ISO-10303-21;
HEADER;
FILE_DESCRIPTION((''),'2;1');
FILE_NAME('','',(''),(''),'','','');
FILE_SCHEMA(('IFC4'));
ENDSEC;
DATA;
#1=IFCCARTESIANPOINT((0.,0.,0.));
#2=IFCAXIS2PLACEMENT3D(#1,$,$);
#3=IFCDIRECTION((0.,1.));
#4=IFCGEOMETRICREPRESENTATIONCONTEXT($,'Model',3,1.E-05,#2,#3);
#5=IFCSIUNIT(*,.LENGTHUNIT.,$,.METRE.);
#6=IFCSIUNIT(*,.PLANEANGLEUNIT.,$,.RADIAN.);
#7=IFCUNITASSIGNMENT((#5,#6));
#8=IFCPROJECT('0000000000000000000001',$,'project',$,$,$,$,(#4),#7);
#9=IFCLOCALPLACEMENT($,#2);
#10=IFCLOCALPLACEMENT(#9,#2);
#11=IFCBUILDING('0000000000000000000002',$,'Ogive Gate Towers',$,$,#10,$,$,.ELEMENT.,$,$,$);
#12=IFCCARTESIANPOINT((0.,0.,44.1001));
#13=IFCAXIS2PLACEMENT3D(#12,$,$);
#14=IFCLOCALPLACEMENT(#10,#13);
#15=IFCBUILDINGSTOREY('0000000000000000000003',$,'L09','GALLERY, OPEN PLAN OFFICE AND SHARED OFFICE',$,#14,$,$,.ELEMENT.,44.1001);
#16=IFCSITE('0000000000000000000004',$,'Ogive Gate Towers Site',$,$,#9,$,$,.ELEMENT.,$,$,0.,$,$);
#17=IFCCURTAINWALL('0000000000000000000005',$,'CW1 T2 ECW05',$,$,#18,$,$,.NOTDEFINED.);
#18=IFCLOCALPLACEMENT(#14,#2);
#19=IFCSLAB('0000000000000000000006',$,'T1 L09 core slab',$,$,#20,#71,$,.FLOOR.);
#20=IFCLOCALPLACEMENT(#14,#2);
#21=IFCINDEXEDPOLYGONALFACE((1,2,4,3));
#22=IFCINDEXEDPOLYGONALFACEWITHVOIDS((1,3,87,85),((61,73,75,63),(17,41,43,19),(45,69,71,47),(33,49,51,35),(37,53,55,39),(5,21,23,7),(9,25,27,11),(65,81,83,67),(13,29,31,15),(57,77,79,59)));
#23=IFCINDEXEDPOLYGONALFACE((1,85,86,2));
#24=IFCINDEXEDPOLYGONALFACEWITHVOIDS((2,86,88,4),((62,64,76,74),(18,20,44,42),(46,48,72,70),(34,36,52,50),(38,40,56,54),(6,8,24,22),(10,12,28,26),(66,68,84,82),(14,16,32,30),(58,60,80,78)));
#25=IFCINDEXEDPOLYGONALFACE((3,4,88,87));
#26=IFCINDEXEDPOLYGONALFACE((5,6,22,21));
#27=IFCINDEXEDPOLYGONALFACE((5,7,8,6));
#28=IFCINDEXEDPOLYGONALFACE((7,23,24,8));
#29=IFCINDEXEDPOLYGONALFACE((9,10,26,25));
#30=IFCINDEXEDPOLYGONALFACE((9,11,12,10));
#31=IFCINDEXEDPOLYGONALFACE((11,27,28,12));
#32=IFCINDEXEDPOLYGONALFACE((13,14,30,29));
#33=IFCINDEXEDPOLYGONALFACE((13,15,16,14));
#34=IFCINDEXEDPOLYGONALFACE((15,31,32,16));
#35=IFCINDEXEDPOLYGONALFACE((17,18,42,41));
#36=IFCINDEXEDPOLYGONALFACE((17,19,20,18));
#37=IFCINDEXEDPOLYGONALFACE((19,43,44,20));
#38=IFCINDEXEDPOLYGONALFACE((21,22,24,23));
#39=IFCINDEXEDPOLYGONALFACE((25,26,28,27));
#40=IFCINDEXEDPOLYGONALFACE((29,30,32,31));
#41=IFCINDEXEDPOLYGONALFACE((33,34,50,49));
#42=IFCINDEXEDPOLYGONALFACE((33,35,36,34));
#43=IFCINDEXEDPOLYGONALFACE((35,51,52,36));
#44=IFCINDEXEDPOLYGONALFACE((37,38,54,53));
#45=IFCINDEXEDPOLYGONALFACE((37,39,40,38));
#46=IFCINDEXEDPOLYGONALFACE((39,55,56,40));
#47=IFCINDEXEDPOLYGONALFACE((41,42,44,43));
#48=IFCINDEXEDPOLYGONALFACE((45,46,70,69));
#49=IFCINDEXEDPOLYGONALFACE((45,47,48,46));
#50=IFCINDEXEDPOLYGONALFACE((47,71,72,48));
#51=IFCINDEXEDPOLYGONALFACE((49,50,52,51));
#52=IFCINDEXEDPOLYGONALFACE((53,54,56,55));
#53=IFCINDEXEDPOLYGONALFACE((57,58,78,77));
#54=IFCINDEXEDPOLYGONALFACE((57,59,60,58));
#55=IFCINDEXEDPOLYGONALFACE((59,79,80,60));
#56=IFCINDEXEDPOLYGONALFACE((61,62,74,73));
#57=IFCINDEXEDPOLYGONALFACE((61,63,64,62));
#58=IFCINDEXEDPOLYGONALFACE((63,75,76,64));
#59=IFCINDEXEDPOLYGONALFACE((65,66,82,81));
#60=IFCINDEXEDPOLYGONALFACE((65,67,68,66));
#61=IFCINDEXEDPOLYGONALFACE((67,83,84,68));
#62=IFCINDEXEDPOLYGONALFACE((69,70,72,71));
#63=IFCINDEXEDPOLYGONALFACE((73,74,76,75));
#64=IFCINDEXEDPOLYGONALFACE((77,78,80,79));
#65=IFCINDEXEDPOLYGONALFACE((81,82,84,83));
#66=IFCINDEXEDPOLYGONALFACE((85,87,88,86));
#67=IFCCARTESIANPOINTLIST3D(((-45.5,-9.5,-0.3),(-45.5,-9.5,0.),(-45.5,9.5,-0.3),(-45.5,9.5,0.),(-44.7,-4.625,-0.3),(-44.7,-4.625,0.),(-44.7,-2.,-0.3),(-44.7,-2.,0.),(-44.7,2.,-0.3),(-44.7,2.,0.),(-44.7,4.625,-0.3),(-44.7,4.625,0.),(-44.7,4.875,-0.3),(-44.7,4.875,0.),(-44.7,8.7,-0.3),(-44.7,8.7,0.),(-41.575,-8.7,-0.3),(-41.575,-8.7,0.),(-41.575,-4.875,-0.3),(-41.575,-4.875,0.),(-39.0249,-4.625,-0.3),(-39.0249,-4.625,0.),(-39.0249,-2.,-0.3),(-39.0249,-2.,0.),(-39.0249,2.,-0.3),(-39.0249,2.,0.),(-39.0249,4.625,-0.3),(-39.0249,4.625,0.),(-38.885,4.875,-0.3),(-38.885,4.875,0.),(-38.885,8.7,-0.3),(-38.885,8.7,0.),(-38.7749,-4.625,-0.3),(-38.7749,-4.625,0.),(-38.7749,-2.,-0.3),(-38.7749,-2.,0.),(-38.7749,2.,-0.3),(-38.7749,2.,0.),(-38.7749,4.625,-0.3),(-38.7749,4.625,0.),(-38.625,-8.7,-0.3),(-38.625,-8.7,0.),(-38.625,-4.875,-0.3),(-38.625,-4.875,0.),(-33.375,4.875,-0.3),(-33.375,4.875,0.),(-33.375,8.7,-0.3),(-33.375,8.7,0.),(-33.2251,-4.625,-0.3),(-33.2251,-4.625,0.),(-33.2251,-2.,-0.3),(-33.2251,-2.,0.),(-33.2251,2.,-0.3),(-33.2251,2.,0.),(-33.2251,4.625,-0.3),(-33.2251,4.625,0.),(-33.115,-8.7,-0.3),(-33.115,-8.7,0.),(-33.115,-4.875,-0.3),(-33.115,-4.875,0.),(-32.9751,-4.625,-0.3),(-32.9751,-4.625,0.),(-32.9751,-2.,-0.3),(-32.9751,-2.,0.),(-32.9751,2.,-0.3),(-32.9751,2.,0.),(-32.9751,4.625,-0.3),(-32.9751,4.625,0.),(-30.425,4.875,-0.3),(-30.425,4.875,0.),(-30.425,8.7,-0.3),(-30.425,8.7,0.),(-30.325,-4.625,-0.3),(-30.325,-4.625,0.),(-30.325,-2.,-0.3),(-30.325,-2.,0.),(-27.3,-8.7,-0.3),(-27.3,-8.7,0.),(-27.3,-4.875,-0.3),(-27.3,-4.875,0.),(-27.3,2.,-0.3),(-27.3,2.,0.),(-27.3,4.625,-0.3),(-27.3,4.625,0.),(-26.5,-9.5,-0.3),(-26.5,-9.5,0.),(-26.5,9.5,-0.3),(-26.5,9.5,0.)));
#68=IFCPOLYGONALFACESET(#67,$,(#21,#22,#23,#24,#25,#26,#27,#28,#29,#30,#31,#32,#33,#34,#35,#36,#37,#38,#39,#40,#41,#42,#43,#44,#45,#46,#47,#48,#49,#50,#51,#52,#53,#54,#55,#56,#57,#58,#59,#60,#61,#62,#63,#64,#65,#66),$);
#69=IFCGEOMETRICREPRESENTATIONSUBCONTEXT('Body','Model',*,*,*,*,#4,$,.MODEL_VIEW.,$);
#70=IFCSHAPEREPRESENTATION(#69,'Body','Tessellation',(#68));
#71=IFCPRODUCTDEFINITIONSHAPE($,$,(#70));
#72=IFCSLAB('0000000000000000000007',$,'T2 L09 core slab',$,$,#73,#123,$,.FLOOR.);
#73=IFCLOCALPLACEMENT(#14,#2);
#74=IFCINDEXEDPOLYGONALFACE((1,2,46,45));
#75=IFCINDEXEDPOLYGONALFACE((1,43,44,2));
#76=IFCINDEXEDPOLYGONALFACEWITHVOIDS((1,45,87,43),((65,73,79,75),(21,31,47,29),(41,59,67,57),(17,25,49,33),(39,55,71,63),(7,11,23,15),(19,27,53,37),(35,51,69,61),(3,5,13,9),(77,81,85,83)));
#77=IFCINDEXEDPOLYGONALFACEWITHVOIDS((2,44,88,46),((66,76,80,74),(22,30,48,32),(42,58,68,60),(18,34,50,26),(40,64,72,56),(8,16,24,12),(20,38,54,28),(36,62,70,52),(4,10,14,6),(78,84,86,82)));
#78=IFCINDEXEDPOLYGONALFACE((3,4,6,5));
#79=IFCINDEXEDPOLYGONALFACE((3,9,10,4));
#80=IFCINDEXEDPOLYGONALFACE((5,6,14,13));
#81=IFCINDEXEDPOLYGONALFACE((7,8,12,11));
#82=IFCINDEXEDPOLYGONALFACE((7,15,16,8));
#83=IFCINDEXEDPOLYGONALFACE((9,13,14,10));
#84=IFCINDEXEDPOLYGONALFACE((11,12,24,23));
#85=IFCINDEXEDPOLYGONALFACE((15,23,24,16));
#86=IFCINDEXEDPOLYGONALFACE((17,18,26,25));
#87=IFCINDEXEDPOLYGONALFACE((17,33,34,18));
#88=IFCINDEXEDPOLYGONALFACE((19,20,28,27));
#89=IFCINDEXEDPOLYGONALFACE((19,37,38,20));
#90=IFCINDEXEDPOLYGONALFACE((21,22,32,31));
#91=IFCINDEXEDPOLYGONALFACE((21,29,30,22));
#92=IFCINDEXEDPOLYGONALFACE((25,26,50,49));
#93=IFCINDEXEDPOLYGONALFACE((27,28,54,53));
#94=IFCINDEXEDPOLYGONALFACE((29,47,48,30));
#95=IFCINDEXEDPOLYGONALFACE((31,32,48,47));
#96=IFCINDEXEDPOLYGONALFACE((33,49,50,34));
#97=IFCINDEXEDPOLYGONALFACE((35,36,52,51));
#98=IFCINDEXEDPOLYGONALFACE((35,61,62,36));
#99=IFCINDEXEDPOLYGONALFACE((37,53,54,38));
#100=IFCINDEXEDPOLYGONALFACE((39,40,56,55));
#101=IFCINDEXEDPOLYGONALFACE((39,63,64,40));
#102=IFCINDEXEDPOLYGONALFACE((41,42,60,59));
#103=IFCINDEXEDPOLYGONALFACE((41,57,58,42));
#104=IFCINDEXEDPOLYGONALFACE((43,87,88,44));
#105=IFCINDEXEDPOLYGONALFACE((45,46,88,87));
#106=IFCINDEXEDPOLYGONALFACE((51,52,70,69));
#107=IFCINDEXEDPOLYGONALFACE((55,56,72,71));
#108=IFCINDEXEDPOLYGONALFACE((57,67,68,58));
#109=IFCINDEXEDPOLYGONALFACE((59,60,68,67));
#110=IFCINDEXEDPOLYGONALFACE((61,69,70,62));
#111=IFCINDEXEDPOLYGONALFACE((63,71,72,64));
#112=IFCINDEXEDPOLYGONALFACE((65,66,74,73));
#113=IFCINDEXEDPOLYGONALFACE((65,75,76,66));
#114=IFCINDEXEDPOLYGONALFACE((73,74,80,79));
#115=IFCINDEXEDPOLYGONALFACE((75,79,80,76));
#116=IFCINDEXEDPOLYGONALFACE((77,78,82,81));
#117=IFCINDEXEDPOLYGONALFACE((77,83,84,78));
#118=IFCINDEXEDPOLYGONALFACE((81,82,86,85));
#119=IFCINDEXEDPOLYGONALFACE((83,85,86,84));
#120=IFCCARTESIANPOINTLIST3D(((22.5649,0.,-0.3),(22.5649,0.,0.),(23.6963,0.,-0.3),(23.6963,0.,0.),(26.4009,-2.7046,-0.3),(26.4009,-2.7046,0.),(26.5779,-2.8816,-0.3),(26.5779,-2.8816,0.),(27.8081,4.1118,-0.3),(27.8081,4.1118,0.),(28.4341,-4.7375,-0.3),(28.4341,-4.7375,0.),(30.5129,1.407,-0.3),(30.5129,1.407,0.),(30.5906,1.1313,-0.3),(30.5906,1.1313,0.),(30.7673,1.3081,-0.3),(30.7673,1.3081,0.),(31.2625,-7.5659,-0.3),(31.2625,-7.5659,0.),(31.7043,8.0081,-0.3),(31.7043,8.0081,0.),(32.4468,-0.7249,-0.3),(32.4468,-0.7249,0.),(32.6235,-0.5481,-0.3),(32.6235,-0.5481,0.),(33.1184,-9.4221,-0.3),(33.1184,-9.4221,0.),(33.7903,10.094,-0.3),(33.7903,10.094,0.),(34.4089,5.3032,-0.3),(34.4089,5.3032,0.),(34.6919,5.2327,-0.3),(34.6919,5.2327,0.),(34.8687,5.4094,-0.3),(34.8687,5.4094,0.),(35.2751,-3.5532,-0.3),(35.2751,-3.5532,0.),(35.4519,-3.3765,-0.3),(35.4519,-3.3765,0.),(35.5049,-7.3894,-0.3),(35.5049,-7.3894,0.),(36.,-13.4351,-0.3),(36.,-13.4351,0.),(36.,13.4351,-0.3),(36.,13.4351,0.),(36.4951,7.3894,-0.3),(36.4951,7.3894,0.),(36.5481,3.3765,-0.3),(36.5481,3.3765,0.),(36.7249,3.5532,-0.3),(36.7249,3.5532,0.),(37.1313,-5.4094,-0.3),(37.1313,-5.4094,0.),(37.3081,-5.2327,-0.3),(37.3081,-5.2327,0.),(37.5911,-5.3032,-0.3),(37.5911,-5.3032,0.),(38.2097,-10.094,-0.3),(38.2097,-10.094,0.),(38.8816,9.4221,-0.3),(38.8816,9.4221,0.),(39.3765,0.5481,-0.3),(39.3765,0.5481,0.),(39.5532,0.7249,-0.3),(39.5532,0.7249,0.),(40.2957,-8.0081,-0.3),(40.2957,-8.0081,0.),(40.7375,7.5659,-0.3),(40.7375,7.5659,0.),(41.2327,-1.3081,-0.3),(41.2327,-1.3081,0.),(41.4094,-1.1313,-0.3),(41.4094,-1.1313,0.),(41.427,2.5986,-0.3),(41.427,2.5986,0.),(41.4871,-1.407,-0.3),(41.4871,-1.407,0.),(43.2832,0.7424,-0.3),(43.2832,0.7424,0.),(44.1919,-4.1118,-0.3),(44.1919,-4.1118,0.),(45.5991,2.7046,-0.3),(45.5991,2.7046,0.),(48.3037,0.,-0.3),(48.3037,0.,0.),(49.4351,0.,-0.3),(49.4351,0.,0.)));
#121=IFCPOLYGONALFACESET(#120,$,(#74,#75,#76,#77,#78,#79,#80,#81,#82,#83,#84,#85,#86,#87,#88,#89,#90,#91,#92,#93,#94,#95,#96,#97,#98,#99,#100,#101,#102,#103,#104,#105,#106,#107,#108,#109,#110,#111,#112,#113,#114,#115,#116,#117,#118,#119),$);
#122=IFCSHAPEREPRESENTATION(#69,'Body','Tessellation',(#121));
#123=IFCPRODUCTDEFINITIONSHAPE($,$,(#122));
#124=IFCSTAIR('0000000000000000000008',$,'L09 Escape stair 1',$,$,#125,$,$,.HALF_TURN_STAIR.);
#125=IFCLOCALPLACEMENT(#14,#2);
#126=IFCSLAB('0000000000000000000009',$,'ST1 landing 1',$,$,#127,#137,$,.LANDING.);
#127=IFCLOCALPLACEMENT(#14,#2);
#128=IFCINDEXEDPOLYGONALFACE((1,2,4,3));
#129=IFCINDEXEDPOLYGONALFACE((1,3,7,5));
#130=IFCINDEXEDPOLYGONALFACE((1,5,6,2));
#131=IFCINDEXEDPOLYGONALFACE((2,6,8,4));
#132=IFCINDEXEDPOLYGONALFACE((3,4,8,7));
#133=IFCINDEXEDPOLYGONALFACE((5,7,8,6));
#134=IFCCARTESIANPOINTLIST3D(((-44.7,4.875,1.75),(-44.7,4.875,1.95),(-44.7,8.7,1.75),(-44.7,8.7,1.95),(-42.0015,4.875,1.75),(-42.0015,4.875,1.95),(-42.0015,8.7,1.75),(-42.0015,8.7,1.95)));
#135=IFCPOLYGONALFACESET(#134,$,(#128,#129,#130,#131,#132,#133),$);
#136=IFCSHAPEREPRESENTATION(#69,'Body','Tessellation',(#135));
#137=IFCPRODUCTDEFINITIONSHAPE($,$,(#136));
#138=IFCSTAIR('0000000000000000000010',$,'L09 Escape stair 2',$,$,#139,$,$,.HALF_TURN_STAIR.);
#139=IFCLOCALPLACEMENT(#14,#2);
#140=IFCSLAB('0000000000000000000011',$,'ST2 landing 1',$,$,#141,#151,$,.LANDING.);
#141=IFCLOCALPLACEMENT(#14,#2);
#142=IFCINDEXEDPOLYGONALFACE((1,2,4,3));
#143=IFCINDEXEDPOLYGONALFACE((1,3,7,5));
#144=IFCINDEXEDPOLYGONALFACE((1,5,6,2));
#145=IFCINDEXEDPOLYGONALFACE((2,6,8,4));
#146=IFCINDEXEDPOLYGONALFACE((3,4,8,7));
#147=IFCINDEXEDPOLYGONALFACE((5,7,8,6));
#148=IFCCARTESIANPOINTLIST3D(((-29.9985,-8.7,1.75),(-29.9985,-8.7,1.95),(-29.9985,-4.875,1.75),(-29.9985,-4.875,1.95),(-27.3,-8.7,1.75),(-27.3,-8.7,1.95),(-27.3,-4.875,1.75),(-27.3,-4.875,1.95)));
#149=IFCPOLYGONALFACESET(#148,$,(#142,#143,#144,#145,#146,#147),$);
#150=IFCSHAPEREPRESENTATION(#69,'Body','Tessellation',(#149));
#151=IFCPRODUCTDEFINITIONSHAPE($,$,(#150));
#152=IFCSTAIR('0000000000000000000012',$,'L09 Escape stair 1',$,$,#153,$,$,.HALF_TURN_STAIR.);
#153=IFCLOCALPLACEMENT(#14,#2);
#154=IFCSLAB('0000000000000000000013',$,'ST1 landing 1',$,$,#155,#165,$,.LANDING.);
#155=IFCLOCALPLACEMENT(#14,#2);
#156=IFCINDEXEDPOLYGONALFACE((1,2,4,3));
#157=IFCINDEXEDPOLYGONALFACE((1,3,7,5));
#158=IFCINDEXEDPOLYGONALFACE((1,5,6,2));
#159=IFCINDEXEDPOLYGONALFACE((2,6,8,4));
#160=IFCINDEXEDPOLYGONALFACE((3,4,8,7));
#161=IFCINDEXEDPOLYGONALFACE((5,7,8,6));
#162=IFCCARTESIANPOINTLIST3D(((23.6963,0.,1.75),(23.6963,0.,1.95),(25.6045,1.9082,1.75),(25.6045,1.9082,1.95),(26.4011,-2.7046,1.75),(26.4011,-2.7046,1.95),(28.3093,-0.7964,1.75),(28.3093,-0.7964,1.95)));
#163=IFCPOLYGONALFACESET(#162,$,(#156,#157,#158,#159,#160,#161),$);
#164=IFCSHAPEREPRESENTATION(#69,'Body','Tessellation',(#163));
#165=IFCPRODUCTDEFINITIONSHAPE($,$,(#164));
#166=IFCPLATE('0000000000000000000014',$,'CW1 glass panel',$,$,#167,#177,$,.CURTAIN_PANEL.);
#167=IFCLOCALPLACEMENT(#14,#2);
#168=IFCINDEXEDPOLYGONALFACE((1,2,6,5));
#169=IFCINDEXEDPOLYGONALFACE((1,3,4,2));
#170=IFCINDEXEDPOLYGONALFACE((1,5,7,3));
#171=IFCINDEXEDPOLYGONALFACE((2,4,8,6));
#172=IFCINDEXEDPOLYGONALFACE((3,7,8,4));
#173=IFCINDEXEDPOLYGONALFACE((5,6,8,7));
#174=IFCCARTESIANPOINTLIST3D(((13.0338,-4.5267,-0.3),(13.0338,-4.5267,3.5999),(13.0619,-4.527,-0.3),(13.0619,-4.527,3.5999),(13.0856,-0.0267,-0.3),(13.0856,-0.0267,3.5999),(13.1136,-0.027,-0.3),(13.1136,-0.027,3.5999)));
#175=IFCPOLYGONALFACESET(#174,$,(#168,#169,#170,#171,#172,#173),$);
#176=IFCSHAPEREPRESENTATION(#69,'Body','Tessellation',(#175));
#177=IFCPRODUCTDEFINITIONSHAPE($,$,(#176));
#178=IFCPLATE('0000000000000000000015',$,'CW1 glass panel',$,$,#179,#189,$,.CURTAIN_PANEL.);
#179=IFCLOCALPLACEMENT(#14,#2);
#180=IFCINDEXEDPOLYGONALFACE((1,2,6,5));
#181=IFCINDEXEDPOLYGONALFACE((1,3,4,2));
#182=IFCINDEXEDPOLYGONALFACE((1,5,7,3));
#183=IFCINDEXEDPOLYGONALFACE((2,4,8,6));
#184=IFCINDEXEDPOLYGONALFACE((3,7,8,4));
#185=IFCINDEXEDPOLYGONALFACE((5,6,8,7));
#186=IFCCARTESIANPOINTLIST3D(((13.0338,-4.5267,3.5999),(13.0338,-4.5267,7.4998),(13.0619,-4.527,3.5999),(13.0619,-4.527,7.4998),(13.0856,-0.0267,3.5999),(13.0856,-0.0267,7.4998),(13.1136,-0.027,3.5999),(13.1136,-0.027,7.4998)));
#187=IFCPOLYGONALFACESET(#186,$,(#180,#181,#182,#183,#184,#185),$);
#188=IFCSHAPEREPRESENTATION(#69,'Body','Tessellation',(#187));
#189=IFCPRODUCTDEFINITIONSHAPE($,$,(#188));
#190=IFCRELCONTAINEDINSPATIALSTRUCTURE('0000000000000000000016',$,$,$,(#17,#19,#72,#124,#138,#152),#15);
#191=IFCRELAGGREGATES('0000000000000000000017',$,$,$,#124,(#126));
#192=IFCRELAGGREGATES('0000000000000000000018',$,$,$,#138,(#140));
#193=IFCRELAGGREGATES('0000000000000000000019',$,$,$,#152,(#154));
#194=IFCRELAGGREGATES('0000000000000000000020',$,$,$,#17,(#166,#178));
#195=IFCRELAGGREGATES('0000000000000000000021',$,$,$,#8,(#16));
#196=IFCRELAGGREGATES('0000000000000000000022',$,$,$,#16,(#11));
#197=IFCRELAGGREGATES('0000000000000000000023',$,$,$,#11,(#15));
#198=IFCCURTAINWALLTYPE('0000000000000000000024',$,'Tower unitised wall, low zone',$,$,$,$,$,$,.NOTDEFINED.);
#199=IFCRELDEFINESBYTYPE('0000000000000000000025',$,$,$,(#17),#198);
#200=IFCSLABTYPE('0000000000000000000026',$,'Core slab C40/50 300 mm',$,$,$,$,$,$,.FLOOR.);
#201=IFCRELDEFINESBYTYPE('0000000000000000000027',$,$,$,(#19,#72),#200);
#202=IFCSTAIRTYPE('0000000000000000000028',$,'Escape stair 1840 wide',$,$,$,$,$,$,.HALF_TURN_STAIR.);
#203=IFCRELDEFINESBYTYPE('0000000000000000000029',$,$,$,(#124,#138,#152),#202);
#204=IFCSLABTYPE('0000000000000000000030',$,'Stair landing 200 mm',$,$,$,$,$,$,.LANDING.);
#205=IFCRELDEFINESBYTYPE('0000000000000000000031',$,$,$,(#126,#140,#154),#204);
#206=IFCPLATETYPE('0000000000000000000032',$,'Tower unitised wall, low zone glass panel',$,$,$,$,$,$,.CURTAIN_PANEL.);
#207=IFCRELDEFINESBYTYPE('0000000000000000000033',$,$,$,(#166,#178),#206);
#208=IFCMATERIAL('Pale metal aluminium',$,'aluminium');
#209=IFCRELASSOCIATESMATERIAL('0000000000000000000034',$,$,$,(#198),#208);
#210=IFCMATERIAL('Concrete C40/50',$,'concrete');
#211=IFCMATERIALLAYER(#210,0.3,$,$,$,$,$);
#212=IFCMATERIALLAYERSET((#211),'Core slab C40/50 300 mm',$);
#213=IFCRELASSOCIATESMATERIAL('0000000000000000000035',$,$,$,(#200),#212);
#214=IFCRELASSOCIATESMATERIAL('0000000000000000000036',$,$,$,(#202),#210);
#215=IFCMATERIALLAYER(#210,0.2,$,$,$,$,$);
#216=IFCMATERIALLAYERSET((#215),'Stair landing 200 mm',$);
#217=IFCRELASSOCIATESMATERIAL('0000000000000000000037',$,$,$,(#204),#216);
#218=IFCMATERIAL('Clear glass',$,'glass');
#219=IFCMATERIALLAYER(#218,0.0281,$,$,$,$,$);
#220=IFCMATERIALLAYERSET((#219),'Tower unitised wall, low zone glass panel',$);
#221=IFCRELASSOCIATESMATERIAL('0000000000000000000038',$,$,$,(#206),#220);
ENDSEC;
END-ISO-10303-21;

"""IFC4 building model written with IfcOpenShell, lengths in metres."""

from ifc_helpers import new_model, si_unit, direction, frame, origin, origin_2d, place, context, subcontext, project, spatial, polyline, rectangle, outline, extrude, material, layer, layer_set, type_object, element, aggregate, save


model = new_model("IFC4")

# Units and contexts
model_context = context("Model", 3, precision=1e-05, world=origin(), true_north=direction((0.0, 1.0)))
body_context = subcontext(model_context, "Body", "Model", "MODEL_VIEW")
ifc_project = project(units=[si_unit("LENGTHUNIT", "METRE"), si_unit("PLANEANGLEUNIT", "RADIAN")], contexts=[model_context])

# Site, building, storey
site_placement = place(None, origin())
site = spatial("IfcSite", under=ifc_project, at=site_placement, Name="Ogive Gate Towers Site", CompositionType="ELEMENT", RefElevation=0.0)
building_placement = place(site_placement, origin())
building = spatial("IfcBuilding", under=site, at=building_placement, Name="Ogive Gate Towers", CompositionType="ELEMENT")
storey_placement = place(building_placement, frame((0.0, 0.0, 44.1001)))
storey = spatial("IfcBuildingStorey", under=building, at=storey_placement, Name="L09", Description="GALLERY, OPEN PLAN OFFICE AND SHARED OFFICE", CompositionType="ELEMENT", Elevation=44.1001)

# Curtain wall
ifc_material_1 = material(Name="Pale metal aluminium", Category="aluminium")
curtain_wall_type = type_object("IfcCurtainWallType", Name="Tower unitised wall, low zone", PredefinedType="NOTDEFINED", material=ifc_material_1)
curtain_wall_1_placement = place(storey_placement, origin())
curtain_wall_1 = element("IfcCurtainWall", 1, at=curtain_wall_1_placement, inside=storey, type_object=curtain_wall_type, Name="CW1 T2 ECW05", PredefinedType="NOTDEFINED")

# Slabs
ifc_material_2 = material(Name="Concrete C40/50", Category="concrete")
ifc_layer_1 = layer(ifc_material_2, 0.3)
ifc_layer_set_1 = layer_set([ifc_layer_1], Name="Core slab C40/50 300 mm")
slab_type_1 = type_object("IfcSlabType", Name="Core slab C40/50 300 mm", PredefinedType="FLOOR", material=ifc_layer_set_1)
slab_1_placement = place(storey_placement, frame((0.0, 0.0, -0.3)))
element("IfcSlab", 2, at=slab_1_placement, inside=storey, type_object=slab_type_1, Name="T1 L09 core slab", PredefinedType="FLOOR", context=body_context, shape_type="SweptSolid", body=[
    extrude(outline(polyline([(-26.5, 9.5), (-26.5, -9.5), (-45.5, -9.5), (-45.5, 9.5), (-26.5, 9.5)]), holes=[polyline([(-39.0249, 4.625), (-44.7, 4.625), (-44.7, 2.0), (-39.0249, 2.0), (-39.0249, 4.625)]), polyline([(-33.2251, 2.0), (-33.2251, 4.625), (-38.7749, 4.625), (-38.7749, 2.0), (-33.2251, 2.0)]), polyline([(-32.9751, 2.0), (-27.3, 2.0), (-27.3, 4.625), (-32.9751, 4.625), (-32.9751, 2.0)]), polyline([(-44.7, -2.0), (-44.7, -4.625), (-39.0249, -4.625), (-39.0249, -2.0), (-44.7, -2.0)]), polyline([(-33.2251, -2.0), (-38.7749, -2.0), (-38.7749, -4.625), (-33.2251, -4.625), (-33.2251, -2.0)]), polyline([(-30.325, -4.625), (-30.325, -2.0), (-32.9751, -2.0), (-32.9751, -4.625), (-30.325, -4.625)]), polyline([(-33.375, 4.875), (-30.425, 4.875), (-30.425, 8.7), (-33.375, 8.7), (-33.375, 4.875)]), polyline([(-41.575, -4.875), (-41.575, -8.7), (-38.625, -8.7), (-38.625, -4.875), (-41.575, -4.875)]), polyline([(-44.7, 4.875), (-38.885, 4.875), (-38.885, 8.7), (-44.7, 8.7), (-44.7, 4.875)]), polyline([(-27.3, -8.7), (-27.3, -4.875), (-33.115, -4.875), (-33.115, -8.7), (-27.3, -8.7)])]), origin(), (0.0, 0.0, 1.0), 0.3),
])
slab_2_placement = place(storey_placement, frame((0.0, 0.0, -0.3)))
element("IfcSlab", 3, at=slab_2_placement, inside=storey, type_object=slab_type_1, Name="T2 L09 core slab", PredefinedType="FLOOR", context=body_context, shape_type="SweptSolid", body=[
    extrude(outline(polyline([(36.0, 13.4351), (49.4351, 0.0), (36.0, -13.4351), (22.5649, 0.0), (36.0, 13.4351)]), holes=[polyline([(30.5906, 1.1313), (26.5779, -2.8816), (28.4341, -4.7375), (32.4468, -0.7249), (30.5906, 1.1313)]), polyline([(36.5481, 3.3765), (34.6919, 5.2327), (30.7673, 1.3081), (32.6235, -0.5481), (36.5481, 3.3765)]), polyline([(36.7249, 3.5532), (40.7375, 7.5659), (38.8816, 9.4221), (34.8687, 5.4094), (36.7249, 3.5532)]), polyline([(31.2625, -7.5659), (33.1184, -9.4221), (37.1313, -5.4094), (35.2751, -3.5532), (31.2625, -7.5659)]), polyline([(39.3765, 0.5481), (35.4519, -3.3765), (37.3081, -5.2327), (41.2327, -1.3081), (39.3765, 0.5481)]), polyline([(43.2832, 0.7424), (41.427, 2.5986), (39.5532, 0.7249), (41.4094, -1.1313), (43.2832, 0.7424)]), polyline([(34.4089, 5.3032), (36.4951, 7.3894), (33.7903, 10.094), (31.7043, 8.0081), (34.4089, 5.3032)]), polyline([(35.5049, -7.3894), (38.2097, -10.094), (40.2957, -8.0081), (37.5911, -5.3032), (35.5049, -7.3894)]), polyline([(26.4009, -2.7046), (30.5129, 1.407), (27.8081, 4.1118), (23.6963, 0.0), (26.4009, -2.7046)]), polyline([(48.3037, 0.0), (45.5991, 2.7046), (41.4871, -1.407), (44.1919, -4.1118), (48.3037, 0.0)])]), origin(), (0.0, 0.0, 1.0), 0.3),
])

# Stairs, slabs
stair_type = type_object("IfcStairType", Name="Escape stair 1840 wide", PredefinedType="HALF_TURN_STAIR", material=ifc_material_2)
stair_1_placement = place(storey_placement, origin())
stair_1 = element("IfcStair", 4, at=stair_1_placement, inside=storey, type_object=stair_type, Name="L09 Escape stair 1", PredefinedType="HALF_TURN_STAIR")
ifc_layer_2 = layer(ifc_material_2, 0.2)
ifc_layer_set_2 = layer_set([ifc_layer_2], Name="Stair landing 200 mm")
slab_type_2 = type_object("IfcSlabType", Name="Stair landing 200 mm", PredefinedType="LANDING", material=ifc_layer_set_2)
slab_3_placement = place(storey_placement, frame((0.0, 0.0, 1.75)))
slab_3 = element("IfcSlab", 5, at=slab_3_placement, type_object=slab_type_2, Name="ST1 landing 1", PredefinedType="LANDING", context=body_context, shape_type="SweptSolid", body=[
    extrude(outline(polyline([(-42.0015, 8.7), (-44.7, 8.7), (-44.7, 4.875), (-42.0015, 4.875), (-42.0015, 8.7)])), origin(), (0.0, 0.0, 1.0), 0.2),
])
aggregate(stair_1, [slab_3])
stair_2_placement = place(storey_placement, origin())
stair_2 = element("IfcStair", 6, at=stair_2_placement, inside=storey, type_object=stair_type, Name="L09 Escape stair 2", PredefinedType="HALF_TURN_STAIR")
slab_4_placement = place(storey_placement, frame((0.0, 0.0, 1.75)))
slab_4 = element("IfcSlab", 7, at=slab_4_placement, type_object=slab_type_2, Name="ST2 landing 1", PredefinedType="LANDING", context=body_context, shape_type="SweptSolid", body=[
    extrude(outline(polyline([(-29.9985, -8.7), (-27.3, -8.7), (-27.3, -4.875), (-29.9985, -4.875), (-29.9985, -8.7)])), origin(), (0.0, 0.0, 1.0), 0.2),
])
aggregate(stair_2, [slab_4])
stair_3_placement = place(storey_placement, origin())
stair_3 = element("IfcStair", 8, at=stair_3_placement, inside=storey, type_object=stair_type, Name="L09 Escape stair 1", PredefinedType="HALF_TURN_STAIR")
slab_5_placement = place(storey_placement, frame((0.0, 0.0, 1.75)))
slab_5 = element("IfcSlab", 9, at=slab_5_placement, type_object=slab_type_2, Name="ST1 landing 1", PredefinedType="LANDING", context=body_context, shape_type="SweptSolid", body=[
    extrude(outline(polyline([(25.6045, 1.9082), (23.6963, 0.0), (26.4011, -2.7046), (28.3093, -0.7964), (25.6045, 1.9082)])), origin(), (0.0, 0.0, 1.0), 0.2),
])
aggregate(stair_3, [slab_5])

# Plates
ifc_material_3 = material(Name="Clear glass", Category="glass")
ifc_layer_3 = layer(ifc_material_3, 0.0281)
ifc_layer_set_3 = layer_set([ifc_layer_3], Name="Tower unitised wall, low zone glass panel")
plate_type = type_object("IfcPlateType", Name="Tower unitised wall, low zone glass panel", PredefinedType="CURTAIN_PANEL", material=ifc_layer_set_3)
plate_1_placement = place(storey_placement, frame((13.0737, -2.2769, -0.3), z_axis=(0.0, 0.0, 1.0), x_axis=(-0.011501, -0.999934, 0.0)))
plate_1 = element("IfcPlate", 10, at=plate_1_placement, type_object=plate_type, Name="CW1 glass panel", PredefinedType="CURTAIN_PANEL", context=body_context, shape_type="SweptSolid", body=[
    extrude(rectangle(XDim=4.5002, YDim=0.0281, at=origin_2d()), origin(), (0.0, 0.0, 1.0), 3.8999),
])
plate_2_placement = place(storey_placement, frame((13.0737, -2.2769, 3.5999), z_axis=(0.0, 0.0, 1.0), x_axis=(-0.011501, -0.999934, 0.0)))
plate_2 = element("IfcPlate", 11, at=plate_2_placement, type_object=plate_type, Name="CW1 glass panel", PredefinedType="CURTAIN_PANEL", context=body_context, shape_type="SweptSolid", body=[
    extrude(rectangle(XDim=4.5002, YDim=0.0281, at=origin_2d()), origin(), (0.0, 0.0, 1.0), 3.8999),
])
aggregate(curtain_wall_1, [plate_1, plate_2])

save(model, "model.ifc")
